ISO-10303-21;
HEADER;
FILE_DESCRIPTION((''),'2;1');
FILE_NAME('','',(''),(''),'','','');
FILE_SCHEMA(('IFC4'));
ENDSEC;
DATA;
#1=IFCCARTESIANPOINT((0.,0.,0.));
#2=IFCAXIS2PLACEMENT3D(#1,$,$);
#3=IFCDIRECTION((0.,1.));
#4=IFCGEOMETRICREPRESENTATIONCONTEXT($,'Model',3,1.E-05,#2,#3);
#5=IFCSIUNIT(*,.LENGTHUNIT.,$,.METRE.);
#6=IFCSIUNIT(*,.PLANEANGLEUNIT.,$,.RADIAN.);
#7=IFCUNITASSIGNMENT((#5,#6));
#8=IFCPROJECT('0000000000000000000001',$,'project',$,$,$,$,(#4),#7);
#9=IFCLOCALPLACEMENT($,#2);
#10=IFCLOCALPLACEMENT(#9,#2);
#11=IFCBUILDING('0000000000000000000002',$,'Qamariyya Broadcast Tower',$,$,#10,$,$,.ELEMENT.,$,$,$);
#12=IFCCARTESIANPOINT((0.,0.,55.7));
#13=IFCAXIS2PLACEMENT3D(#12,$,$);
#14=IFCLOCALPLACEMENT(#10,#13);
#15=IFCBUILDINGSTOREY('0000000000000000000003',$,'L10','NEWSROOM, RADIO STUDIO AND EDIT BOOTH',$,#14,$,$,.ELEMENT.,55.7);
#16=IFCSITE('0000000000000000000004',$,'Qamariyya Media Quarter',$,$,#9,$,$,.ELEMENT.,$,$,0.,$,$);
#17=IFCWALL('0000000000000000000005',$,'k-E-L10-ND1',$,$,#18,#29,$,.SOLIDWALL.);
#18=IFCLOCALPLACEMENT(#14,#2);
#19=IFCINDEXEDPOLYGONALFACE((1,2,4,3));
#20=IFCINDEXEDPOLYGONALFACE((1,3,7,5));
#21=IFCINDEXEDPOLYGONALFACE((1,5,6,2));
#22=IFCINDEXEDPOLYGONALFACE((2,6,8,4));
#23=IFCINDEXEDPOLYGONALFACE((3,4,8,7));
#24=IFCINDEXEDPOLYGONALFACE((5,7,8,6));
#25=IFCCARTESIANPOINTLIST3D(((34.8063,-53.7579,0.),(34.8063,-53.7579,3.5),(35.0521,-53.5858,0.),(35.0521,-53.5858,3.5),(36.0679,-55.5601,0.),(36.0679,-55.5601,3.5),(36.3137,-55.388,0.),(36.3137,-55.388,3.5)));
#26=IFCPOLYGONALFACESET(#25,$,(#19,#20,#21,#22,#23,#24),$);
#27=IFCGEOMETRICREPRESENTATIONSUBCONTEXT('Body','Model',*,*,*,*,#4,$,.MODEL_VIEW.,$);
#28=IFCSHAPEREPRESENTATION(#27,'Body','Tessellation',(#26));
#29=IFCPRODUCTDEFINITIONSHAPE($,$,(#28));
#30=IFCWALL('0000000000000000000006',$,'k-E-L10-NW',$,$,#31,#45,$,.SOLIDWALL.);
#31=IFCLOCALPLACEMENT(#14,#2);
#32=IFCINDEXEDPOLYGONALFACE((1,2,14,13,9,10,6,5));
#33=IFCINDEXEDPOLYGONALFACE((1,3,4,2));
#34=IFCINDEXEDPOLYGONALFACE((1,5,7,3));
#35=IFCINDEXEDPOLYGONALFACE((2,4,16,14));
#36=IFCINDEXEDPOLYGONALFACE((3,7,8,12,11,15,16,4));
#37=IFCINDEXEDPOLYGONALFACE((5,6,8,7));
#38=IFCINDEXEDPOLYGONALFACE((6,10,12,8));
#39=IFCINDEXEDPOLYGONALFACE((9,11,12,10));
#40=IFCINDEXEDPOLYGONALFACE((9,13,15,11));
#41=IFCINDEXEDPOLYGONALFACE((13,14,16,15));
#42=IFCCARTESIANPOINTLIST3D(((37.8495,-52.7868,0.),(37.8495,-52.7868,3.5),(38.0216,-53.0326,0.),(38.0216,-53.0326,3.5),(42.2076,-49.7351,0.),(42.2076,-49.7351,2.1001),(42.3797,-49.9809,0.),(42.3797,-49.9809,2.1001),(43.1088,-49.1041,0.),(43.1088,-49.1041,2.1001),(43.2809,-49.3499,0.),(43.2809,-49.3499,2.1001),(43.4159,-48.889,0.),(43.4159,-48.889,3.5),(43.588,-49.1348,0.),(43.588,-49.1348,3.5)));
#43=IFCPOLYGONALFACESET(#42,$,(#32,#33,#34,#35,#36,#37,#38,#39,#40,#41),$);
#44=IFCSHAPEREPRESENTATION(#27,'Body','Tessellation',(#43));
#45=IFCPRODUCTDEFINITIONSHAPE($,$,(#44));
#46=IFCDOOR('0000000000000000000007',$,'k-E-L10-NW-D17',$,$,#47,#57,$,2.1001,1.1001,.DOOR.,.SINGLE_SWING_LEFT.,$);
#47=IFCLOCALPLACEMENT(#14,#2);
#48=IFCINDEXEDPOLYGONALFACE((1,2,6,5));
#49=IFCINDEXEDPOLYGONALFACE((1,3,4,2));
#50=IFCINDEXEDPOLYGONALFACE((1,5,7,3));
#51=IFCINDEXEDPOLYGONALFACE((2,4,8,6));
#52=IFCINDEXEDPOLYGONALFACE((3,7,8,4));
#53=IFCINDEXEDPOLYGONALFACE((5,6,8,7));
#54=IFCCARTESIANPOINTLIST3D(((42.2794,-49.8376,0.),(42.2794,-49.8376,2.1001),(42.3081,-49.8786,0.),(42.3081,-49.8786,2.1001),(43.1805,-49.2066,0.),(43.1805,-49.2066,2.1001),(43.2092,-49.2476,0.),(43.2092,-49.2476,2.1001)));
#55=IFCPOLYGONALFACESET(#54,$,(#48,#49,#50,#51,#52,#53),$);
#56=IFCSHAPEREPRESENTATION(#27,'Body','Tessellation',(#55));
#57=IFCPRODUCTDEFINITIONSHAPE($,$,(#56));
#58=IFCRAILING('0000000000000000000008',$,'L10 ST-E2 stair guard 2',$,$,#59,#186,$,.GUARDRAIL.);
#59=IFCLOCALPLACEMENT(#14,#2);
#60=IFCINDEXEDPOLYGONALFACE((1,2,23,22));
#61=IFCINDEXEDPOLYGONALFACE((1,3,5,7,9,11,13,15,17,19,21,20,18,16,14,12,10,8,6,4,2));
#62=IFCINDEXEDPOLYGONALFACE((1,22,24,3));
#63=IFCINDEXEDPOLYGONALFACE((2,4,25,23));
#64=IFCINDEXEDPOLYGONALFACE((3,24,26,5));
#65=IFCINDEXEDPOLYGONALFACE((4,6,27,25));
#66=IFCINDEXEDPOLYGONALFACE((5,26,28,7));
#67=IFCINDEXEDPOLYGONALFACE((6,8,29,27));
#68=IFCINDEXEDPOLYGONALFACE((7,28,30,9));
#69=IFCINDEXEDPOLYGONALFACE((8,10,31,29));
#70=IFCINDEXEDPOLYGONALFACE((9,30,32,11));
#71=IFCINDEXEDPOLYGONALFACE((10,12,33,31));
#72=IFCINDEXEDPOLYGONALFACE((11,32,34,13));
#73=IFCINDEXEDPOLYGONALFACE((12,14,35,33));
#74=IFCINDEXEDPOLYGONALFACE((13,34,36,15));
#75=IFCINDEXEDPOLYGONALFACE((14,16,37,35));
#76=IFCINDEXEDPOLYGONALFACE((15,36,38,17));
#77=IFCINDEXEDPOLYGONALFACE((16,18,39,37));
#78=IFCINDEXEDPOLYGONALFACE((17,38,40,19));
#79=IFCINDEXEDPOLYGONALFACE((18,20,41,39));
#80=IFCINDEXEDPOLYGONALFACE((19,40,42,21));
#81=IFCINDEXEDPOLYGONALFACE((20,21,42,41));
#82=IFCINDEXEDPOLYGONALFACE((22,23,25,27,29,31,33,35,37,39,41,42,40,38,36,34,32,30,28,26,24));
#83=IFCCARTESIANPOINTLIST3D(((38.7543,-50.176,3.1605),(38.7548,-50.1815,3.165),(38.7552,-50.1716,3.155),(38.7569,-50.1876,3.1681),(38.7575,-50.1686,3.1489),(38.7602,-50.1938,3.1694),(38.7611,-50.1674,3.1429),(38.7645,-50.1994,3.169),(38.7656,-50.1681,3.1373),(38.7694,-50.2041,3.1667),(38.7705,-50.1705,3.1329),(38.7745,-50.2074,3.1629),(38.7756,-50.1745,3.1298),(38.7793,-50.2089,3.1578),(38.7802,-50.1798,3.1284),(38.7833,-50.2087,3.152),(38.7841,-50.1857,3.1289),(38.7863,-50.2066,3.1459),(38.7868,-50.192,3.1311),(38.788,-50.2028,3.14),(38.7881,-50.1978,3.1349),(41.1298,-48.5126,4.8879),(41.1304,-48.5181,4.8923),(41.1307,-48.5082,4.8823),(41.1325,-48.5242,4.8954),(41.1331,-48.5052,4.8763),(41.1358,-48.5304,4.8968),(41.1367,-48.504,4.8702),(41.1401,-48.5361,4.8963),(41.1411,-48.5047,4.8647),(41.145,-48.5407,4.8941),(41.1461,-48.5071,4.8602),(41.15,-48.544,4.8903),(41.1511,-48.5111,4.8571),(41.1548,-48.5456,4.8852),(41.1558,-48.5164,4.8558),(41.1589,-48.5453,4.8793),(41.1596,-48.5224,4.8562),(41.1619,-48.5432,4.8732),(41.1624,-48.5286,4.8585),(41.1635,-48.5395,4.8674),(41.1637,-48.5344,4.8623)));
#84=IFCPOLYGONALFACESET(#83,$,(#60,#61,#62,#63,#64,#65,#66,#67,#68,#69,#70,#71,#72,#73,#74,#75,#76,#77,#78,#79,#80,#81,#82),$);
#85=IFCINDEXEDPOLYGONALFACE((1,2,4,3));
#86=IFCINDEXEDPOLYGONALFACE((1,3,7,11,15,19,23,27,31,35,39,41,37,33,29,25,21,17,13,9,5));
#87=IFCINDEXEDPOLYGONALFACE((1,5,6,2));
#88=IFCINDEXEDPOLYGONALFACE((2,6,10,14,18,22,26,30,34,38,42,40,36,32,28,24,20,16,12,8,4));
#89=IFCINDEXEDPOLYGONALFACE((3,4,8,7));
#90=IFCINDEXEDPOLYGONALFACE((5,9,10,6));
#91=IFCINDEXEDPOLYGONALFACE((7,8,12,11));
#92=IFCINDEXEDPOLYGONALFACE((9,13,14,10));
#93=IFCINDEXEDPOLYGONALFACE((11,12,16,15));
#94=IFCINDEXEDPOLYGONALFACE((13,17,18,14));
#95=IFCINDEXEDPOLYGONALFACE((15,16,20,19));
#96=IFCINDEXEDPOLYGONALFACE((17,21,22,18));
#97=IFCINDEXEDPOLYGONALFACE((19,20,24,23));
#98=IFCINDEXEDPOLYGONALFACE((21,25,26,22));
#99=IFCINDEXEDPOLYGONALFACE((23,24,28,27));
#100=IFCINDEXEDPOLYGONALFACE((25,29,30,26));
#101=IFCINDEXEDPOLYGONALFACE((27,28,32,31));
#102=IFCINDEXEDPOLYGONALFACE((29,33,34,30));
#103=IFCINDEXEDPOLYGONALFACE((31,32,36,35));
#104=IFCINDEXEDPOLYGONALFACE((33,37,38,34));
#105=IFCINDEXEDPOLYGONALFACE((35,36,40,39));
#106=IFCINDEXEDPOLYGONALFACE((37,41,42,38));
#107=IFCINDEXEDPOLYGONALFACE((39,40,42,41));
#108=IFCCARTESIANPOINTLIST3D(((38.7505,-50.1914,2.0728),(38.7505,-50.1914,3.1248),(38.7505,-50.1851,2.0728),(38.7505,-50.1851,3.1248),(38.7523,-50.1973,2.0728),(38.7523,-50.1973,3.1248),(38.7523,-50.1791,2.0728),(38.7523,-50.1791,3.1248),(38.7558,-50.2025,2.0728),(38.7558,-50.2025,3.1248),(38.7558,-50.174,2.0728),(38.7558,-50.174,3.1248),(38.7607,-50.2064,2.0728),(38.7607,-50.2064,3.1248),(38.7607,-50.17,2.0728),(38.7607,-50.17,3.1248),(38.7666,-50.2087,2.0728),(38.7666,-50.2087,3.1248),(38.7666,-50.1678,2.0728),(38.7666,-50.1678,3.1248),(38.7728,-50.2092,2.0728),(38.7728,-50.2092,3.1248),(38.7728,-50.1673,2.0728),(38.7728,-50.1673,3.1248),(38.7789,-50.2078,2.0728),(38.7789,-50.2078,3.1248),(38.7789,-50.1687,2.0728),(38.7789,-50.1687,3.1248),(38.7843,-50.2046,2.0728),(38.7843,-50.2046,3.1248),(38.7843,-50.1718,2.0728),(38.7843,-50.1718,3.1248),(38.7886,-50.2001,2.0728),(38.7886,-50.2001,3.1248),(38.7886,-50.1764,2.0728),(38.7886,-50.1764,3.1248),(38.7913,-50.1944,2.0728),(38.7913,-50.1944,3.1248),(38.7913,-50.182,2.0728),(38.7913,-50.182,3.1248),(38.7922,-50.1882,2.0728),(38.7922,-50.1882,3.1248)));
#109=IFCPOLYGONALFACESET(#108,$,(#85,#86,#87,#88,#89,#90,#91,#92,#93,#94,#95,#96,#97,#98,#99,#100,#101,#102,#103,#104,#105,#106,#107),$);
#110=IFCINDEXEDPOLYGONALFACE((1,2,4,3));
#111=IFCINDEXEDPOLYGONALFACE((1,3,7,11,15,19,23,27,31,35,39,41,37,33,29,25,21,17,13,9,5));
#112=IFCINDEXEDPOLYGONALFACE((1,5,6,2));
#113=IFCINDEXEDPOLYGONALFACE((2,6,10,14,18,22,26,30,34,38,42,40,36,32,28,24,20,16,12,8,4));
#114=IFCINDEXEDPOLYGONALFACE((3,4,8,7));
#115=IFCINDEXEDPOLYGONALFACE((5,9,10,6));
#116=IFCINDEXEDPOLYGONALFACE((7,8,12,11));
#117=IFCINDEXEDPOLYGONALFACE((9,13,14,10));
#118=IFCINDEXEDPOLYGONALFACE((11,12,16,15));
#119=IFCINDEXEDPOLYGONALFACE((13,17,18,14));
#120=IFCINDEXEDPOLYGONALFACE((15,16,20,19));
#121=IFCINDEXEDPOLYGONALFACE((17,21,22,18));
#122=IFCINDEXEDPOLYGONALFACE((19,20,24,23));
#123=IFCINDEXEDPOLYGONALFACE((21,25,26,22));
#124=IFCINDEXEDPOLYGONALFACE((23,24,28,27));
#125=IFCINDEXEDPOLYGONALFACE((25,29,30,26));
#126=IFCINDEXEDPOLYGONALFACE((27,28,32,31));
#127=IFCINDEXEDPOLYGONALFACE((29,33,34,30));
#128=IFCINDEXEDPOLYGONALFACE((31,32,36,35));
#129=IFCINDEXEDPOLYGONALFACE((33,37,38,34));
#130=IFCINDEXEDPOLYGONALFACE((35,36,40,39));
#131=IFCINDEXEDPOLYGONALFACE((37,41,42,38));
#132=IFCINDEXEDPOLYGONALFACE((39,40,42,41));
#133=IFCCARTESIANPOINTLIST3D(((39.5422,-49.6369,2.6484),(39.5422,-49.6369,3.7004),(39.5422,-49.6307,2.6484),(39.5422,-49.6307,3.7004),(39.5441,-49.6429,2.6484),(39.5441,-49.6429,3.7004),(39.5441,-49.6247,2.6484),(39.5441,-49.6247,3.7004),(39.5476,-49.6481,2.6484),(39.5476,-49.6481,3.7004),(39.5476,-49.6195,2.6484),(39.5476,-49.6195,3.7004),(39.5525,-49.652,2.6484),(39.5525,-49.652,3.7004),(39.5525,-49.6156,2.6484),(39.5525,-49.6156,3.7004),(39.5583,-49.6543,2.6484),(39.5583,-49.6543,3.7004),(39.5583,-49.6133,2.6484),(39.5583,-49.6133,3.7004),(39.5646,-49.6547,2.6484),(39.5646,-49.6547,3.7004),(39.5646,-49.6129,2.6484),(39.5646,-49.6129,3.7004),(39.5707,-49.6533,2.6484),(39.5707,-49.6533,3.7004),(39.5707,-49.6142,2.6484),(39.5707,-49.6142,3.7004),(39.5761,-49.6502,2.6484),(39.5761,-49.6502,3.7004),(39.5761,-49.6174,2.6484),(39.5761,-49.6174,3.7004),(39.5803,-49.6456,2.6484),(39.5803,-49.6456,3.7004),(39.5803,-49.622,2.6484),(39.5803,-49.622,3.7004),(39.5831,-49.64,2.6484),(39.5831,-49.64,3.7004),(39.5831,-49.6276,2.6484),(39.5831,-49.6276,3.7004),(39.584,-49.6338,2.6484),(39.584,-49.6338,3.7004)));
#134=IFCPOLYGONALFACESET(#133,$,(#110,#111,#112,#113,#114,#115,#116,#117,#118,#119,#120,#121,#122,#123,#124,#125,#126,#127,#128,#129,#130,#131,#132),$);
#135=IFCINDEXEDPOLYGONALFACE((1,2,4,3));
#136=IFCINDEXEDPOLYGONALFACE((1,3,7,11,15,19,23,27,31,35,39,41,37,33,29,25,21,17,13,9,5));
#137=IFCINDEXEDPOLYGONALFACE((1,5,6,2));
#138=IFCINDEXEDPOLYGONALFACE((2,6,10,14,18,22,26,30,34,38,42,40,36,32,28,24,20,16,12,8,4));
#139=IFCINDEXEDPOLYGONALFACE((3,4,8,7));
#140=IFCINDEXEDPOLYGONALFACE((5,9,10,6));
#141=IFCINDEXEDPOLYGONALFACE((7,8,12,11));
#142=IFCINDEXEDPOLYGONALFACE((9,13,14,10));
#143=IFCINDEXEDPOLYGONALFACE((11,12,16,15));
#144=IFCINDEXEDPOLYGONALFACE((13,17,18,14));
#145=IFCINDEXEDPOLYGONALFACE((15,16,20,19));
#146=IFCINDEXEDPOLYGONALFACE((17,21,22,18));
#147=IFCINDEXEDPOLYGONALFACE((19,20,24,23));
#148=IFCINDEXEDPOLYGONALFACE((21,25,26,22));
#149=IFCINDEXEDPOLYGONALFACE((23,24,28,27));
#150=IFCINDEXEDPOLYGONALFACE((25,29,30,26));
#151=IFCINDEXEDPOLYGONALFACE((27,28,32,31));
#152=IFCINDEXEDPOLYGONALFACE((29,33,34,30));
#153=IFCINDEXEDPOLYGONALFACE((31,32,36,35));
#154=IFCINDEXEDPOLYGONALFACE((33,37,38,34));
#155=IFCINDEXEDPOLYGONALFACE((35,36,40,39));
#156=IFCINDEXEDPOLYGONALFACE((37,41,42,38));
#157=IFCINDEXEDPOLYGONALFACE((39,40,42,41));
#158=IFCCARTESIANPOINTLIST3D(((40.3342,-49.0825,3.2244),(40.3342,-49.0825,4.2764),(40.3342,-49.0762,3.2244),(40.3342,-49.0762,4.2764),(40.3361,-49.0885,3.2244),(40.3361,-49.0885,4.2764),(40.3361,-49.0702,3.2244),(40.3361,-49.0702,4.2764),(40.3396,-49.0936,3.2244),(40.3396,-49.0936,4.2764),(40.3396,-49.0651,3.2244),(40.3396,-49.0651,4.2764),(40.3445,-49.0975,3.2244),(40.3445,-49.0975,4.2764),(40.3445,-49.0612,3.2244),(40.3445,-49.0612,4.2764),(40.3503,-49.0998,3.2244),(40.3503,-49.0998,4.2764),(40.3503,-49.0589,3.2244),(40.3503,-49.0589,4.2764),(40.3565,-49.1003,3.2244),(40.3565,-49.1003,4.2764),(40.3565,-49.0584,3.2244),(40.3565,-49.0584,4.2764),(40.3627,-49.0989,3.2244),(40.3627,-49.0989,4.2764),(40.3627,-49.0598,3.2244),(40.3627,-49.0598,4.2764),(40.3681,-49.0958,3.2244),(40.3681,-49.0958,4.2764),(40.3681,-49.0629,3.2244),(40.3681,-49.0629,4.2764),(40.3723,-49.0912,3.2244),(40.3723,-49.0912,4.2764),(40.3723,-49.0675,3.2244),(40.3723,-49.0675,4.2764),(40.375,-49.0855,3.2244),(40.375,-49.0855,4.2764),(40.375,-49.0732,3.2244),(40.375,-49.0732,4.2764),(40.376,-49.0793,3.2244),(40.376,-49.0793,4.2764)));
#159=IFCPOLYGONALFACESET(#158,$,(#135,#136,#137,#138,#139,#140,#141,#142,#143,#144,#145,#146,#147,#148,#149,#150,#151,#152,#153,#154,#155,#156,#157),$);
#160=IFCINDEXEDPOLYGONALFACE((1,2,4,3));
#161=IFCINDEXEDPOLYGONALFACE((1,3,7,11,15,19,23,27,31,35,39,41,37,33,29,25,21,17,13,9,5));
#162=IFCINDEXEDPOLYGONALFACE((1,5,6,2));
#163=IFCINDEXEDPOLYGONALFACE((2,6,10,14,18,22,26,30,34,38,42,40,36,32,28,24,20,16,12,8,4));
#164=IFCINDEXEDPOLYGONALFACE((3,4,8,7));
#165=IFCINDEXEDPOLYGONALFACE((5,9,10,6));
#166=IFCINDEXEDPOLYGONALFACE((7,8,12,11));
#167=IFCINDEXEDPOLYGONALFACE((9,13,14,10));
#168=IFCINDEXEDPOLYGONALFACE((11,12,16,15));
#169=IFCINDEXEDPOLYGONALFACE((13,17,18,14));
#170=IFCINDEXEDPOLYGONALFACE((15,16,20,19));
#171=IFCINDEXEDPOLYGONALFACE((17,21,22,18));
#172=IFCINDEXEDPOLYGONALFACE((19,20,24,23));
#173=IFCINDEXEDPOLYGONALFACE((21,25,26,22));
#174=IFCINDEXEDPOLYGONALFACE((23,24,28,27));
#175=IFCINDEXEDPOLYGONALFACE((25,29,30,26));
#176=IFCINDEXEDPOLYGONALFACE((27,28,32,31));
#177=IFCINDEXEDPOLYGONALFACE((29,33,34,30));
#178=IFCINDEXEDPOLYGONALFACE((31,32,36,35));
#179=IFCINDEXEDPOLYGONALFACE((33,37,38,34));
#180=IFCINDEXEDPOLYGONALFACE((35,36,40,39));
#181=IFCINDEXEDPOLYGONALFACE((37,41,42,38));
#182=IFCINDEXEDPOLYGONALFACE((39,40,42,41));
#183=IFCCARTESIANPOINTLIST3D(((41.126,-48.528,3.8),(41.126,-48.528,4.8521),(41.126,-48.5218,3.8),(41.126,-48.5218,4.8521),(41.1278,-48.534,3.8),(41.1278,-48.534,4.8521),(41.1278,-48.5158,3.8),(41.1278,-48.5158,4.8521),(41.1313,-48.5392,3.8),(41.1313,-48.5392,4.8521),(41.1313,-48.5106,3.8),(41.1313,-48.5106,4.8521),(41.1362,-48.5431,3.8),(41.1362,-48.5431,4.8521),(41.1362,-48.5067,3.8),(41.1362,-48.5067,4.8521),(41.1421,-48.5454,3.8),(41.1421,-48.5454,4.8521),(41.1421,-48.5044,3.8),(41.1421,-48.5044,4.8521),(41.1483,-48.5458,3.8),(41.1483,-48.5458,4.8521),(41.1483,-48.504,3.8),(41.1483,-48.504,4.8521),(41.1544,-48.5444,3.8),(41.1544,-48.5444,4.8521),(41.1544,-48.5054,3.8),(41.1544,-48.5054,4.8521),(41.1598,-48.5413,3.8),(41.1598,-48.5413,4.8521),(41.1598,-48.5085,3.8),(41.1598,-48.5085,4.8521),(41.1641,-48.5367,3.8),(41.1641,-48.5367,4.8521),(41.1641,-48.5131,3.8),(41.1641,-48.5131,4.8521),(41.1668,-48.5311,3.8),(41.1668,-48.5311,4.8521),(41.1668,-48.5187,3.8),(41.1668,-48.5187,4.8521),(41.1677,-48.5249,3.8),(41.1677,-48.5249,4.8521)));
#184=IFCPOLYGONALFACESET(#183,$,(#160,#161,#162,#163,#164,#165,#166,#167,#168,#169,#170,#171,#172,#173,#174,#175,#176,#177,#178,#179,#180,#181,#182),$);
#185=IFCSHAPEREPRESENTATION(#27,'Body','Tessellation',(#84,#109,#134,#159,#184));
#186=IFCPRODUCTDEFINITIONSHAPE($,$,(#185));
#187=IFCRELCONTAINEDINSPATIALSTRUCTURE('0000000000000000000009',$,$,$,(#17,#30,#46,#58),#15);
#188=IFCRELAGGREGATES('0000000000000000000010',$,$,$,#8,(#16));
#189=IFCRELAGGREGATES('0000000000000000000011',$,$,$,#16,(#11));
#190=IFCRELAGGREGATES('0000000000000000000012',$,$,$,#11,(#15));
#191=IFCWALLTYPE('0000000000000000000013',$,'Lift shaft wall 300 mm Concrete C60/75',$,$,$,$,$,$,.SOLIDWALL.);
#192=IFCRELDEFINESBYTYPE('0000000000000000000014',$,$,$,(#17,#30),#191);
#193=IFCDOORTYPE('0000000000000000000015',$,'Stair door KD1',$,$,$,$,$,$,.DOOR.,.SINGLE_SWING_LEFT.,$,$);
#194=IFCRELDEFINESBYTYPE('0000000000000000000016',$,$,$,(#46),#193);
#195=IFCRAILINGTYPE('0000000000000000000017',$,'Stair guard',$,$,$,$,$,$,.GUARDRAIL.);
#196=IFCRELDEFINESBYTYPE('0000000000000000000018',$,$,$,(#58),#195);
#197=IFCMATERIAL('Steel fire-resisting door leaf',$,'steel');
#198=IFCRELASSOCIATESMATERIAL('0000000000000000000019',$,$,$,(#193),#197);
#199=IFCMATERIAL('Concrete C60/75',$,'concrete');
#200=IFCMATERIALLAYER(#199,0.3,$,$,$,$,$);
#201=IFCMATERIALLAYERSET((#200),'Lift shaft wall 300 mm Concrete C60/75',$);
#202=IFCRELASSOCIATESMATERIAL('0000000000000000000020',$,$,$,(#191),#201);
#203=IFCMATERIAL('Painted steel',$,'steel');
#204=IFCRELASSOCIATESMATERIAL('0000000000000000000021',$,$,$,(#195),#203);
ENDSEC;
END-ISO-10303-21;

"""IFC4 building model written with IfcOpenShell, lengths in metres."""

from ifc_helpers import new_model, si_unit, direction, frame, frame_2d, origin, origin_2d, place, context, subcontext, project, spatial, rectangle, circle, extrude, material, layer, layer_set, type_object, element, fill, save


model = new_model("IFC4")

# Units and contexts
model_context = context("Model", 3, precision=1e-05, world=origin(), true_north=direction((0.0, 1.0)))
body_context = subcontext(model_context, "Body", "Model", "MODEL_VIEW")
ifc_project = project(units=[si_unit("LENGTHUNIT", "METRE"), si_unit("PLANEANGLEUNIT", "RADIAN")], contexts=[model_context])

# Site, building, storey
site_placement = place(None, origin())
site = spatial("IfcSite", under=ifc_project, at=site_placement, Name="Qamariyya Media Quarter", CompositionType="ELEMENT", RefElevation=0.0)
building_placement = place(site_placement, origin())
building = spatial("IfcBuilding", under=site, at=building_placement, Name="Qamariyya Broadcast Tower", CompositionType="ELEMENT")
storey_placement = place(building_placement, frame((0.0, 0.0, 55.7)))
storey = spatial("IfcBuildingStorey", under=building, at=storey_placement, Name="L10", Description="NEWSROOM, RADIO STUDIO AND EDIT BOOTH", CompositionType="ELEMENT", Elevation=55.7)

# Shared definitions
ifc_material_1 = material(Name="Steel fire-resisting door leaf", Category="steel")
door_type_1 = type_object("IfcDoorType", Name="Stair door KD1", OperationType="SINGLE_SWING_LEFT", PredefinedType="DOOR", material=ifc_material_1)

# Wall
ifc_material_2 = material(Name="Concrete C60/75", Category="concrete")
ifc_layer_1 = layer(ifc_material_2, 0.3)
ifc_layer_set_1 = layer_set([ifc_layer_1], Name="Lift shaft wall 300 mm Concrete C60/75")
wall_type_1 = type_object("IfcWallType", Name="Lift shaft wall 300 mm Concrete C60/75", PredefinedType="SOLIDWALL", material=ifc_layer_set_1)
wall_1_placement = place(storey_placement, frame((36.1909, -55.4741, 0.0), z_axis=(0.0, 0.0, 1.0), x_axis=(-0.573507, 0.819201, 0.0)))
element("IfcWall", 1, at=wall_1_placement, inside=storey, type_object=wall_type_1, Name="k-E-L10-ND1", PredefinedType="SOLIDWALL", context=body_context, shape_type="SweptSolid", body=[
    extrude(rectangle(XDim=2.2, YDim=0.3, at=frame_2d((1.1001, 0.0))), origin(), (0.0, 0.0, 1.0), 3.5),
])

# Wall, opening, door
wall_2_placement = place(storey_placement, frame((37.9355, -52.9097, 0.0), z_axis=(0.0, 0.0, 1.0), x_axis=(0.819148, 0.573583, 0.0)))
wall_2 = element("IfcWall", 2, at=wall_2_placement, inside=storey, type_object=wall_type_1, Name="k-E-L10-NW", PredefinedType="SOLIDWALL", context=body_context, shape_type="SweptSolid", body=[
    extrude(rectangle(XDim=6.7954, YDim=0.3, at=frame_2d((3.3977, 0.0))), origin(), (0.0, 0.0, 1.0), 3.5),
])
opening_1_placement = place(wall_2_placement, frame((5.3203, 0.0, 0.0)))
opening_1 = element("IfcOpeningElement", 3, at=opening_1_placement, cuts=wall_2, PredefinedType="OPENING", context=body_context, shape_type="SweptSolid", body=[
    extrude(rectangle(XDim=1.1001, YDim=2.1001, at=frame_2d((0.55, 1.05))), frame((0.0, 0.1599, 0.0), z_axis=(0.0, -1.0, 0.0), x_axis=(1.0, 0.0, 0.0)), (0.0, 0.0, 1.0), 0.3201),
])
door_1_placement = place(opening_1_placement, origin())
door_1 = element("IfcDoor", 4, at=door_1_placement, inside=storey, type_object=door_type_1, Name="k-E-L10-NW-D17", OperationType="SINGLE_SWING_LEFT", OverallHeight=2.1001, OverallWidth=1.1001, PredefinedType="DOOR", context=body_context, shape_type="SweptSolid", body=[
    extrude(rectangle(XDim=1.1001, YDim=2.1001, at=frame_2d((0.55, 1.05))), frame((0.0, 0.0249, 0.0), z_axis=(0.0, -1.0, 0.0), x_axis=(1.0, 0.0, 0.0)), (0.0, 0.0, 1.0), 0.05),
])
fill(opening_1, door_1)

# Railing
ifc_material_3 = material(Name="Painted steel", Category="steel")
railing_type = type_object("IfcRailingType", Name="Stair guard", PredefinedType="GUARDRAIL", material=ifc_material_3)
railing_placement = place(storey_placement, frame((38.7712, -50.1882, 2.0728)))
element("IfcRailing", 5, at=railing_placement, inside=storey, type_object=railing_type, Name="L10 ST-E2 stair guard 2", PredefinedType="GUARDRAIL", context=body_context, shape_type="SweptSolid", body=[
    extrude(circle(Radius=0.0239, at=origin_2d()), frame((0.0, 0.0, 1.0762), z_axis=(0.70377, 0.492784, 0.511734), x_axis=(-0.573575, 0.819153, 0.0)), (0.0, 0.0, 1.0), 3.3755),
    extrude(circle(Radius=0.021, at=origin_2d()), origin(), (0.0, 0.0, 1.0), 1.052),
    extrude(circle(Radius=0.021, at=origin_2d()), frame((0.7917, 0.5544, 0.5757)), (0.0, 0.0, 1.0), 1.052),
    extrude(circle(Radius=0.021, at=origin_2d()), frame((1.5837, 1.1089, 1.1516)), (0.0, 0.0, 1.0), 1.052),
    extrude(circle(Radius=0.021, at=origin_2d()), frame((2.3755, 1.6633, 1.7273)), (0.0, 0.0, 1.0), 1.052),
])

save(model, "model.ifc")
